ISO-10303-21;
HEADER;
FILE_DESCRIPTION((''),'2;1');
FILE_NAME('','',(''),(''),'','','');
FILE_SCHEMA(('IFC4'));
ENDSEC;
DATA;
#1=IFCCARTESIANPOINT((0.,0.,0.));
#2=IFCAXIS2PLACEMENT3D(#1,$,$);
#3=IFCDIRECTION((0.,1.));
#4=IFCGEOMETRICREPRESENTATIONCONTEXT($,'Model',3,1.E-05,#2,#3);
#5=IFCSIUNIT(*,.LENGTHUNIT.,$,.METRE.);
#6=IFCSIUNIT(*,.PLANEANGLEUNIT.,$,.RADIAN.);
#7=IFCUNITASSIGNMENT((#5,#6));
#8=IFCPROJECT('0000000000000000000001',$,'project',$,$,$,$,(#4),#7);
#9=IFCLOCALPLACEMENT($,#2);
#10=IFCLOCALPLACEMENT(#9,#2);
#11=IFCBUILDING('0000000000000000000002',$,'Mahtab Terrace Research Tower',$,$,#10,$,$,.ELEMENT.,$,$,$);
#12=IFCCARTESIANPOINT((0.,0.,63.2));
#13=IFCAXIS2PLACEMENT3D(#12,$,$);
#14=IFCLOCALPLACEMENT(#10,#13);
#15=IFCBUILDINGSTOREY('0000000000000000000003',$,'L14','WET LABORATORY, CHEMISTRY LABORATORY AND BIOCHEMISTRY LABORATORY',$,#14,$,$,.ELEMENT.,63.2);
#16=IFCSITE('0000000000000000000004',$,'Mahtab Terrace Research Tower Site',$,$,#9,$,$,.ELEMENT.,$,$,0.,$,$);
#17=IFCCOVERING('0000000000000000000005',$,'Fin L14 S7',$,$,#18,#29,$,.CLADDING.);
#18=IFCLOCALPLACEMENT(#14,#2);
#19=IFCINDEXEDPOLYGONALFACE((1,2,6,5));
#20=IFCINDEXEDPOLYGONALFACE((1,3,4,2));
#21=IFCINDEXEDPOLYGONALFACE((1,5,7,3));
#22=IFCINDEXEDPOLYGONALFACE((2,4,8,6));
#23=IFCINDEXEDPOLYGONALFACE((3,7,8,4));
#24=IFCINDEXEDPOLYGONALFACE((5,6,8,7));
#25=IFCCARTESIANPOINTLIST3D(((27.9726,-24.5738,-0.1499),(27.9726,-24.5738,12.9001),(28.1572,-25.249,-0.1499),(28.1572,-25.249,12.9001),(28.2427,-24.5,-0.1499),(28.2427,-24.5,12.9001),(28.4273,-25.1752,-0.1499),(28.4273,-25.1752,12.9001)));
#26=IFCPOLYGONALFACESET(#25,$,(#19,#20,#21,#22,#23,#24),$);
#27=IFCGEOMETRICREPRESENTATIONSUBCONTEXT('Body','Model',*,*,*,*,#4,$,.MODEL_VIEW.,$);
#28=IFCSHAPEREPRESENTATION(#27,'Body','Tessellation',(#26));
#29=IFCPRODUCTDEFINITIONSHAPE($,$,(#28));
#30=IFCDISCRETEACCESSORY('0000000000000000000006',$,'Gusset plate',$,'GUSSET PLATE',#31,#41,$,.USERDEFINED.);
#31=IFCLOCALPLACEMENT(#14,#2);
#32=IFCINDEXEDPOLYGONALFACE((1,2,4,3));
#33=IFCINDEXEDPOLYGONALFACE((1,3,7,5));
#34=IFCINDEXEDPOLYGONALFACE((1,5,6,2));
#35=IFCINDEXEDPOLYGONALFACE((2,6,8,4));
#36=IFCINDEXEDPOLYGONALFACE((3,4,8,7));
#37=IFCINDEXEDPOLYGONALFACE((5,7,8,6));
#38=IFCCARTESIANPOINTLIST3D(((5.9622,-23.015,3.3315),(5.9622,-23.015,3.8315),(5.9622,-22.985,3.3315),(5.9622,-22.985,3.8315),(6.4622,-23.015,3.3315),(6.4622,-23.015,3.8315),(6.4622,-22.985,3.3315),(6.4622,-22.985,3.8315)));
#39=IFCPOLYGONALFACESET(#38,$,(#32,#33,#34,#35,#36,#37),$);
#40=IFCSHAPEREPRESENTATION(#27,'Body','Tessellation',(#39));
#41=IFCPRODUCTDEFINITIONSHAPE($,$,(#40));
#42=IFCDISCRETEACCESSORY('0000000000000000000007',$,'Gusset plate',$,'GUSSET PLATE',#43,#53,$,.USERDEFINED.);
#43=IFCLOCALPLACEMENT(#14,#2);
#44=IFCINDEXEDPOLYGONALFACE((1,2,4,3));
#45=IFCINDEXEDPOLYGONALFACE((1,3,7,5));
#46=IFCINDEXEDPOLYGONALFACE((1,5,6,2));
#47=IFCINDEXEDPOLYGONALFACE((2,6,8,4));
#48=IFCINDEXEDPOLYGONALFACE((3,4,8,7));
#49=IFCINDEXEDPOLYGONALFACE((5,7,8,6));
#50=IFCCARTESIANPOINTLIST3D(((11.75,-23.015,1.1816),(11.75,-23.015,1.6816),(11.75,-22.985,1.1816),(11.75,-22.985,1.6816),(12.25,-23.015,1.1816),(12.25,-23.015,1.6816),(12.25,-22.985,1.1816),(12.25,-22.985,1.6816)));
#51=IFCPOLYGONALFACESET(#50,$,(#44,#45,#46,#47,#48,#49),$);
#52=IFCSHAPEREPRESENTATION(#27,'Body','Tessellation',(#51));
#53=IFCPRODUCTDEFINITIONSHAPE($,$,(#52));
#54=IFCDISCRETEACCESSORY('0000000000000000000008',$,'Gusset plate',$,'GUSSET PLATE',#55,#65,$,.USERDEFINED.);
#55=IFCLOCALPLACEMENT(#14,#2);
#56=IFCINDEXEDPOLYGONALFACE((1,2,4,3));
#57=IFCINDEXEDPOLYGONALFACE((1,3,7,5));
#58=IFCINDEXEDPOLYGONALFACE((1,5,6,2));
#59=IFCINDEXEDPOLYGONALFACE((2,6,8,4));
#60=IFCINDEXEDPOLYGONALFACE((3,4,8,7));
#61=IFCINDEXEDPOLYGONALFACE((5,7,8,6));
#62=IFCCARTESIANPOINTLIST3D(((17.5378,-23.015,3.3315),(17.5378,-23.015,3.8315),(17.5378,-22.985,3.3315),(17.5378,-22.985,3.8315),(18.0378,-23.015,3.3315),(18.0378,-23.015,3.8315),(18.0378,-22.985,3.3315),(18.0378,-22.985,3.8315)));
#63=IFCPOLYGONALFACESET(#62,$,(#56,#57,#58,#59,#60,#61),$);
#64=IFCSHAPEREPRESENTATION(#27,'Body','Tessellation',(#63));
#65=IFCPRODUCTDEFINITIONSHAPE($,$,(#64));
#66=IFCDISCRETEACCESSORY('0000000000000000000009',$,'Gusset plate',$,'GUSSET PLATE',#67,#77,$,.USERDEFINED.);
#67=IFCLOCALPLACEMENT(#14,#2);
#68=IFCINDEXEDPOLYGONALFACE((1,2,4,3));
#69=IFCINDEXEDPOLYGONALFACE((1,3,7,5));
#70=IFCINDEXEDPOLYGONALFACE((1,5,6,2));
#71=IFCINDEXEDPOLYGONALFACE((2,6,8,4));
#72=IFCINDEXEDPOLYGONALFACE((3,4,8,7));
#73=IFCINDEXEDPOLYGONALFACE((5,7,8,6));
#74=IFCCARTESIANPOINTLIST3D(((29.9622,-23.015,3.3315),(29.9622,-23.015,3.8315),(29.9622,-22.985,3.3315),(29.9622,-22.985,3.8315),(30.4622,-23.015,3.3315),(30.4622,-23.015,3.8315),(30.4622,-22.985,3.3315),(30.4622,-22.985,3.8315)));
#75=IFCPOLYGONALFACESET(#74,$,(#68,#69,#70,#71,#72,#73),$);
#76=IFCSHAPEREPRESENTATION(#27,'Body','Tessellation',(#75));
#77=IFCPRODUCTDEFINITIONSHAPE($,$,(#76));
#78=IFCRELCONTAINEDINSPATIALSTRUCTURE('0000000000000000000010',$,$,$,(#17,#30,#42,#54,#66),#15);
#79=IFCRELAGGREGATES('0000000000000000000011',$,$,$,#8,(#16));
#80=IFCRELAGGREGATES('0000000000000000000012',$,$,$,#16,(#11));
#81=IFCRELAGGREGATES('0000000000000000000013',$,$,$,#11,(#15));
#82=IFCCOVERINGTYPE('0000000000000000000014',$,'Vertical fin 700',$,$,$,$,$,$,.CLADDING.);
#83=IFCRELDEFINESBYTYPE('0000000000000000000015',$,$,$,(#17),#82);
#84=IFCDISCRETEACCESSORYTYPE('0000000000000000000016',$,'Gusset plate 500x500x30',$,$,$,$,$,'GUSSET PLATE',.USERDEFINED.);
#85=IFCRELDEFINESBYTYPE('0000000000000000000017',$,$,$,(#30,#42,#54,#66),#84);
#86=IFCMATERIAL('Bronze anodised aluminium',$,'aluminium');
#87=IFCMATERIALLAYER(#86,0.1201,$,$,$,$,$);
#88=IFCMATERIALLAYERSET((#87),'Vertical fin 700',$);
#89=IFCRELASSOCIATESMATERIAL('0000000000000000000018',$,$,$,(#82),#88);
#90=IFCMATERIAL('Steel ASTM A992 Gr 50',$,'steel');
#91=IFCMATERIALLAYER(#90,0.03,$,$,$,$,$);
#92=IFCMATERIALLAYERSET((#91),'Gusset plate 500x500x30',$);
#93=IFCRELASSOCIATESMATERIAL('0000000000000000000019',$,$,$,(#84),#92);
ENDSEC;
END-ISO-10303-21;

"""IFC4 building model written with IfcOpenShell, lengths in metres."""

from ifc_helpers import new_model, si_unit, direction, frame, origin, origin_2d, place, context, subcontext, project, spatial, rectangle, extrude, material, layer, layer_set, type_object, element, save


model = new_model("IFC4")

# Units and contexts
model_context = context("Model", 3, precision=1e-05, world=origin(), true_north=direction((0.0, 1.0)))
body_context = subcontext(model_context, "Body", "Model", "MODEL_VIEW")
ifc_project = project(units=[si_unit("LENGTHUNIT", "METRE"), si_unit("PLANEANGLEUNIT", "RADIAN")], contexts=[model_context])

# Site, building, storey
site_placement = place(None, origin())
site = spatial("IfcSite", under=ifc_project, at=site_placement, Name="Mahtab Terrace Research Tower Site", CompositionType="ELEMENT", RefElevation=0.0)
building_placement = place(site_placement, origin())
building = spatial("IfcBuilding", under=site, at=building_placement, Name="Mahtab Terrace Research Tower", CompositionType="ELEMENT")
storey_placement = place(building_placement, frame((0.0, 0.0, 63.2)))
storey = spatial("IfcBuildingStorey", under=building, at=storey_placement, Name="L14", Description="WET LABORATORY, CHEMISTRY LABORATORY AND BIOCHEMISTRY LABORATORY", CompositionType="ELEMENT", Elevation=63.2)

# Shared definitions
ifc_material_1 = material(Name="Steel ASTM A992 Gr 50", Category="steel")

# Covering
ifc_material_2 = material(Name="Bronze anodised aluminium", Category="aluminium")
ifc_layer_1 = layer(ifc_material_2, 0.1201)
ifc_layer_set_1 = layer_set([ifc_layer_1], Name="Vertical fin 700")
covering_type = type_object("IfcCoveringType", Name="Vertical fin 700", PredefinedType="CLADDING", material=ifc_layer_set_1)
for number, where, z_axis, x_axis, name in (
    (1, (28.2, -24.8745, -0.1499), (0.0, 0.0, 1.0), (0.964623, 0.263633, 0.0), "Fin L14 S7"),
):
    element("IfcCovering", number, at=place(storey_placement, frame(where, z_axis=z_axis, x_axis=x_axis)), inside=storey, type_object=covering_type, Name=name, PredefinedType="CLADDING", context=body_context, shape_type="SweptSolid", body=[
        extrude(rectangle(XDim=0.28, YDim=0.7, at=origin_2d()), origin(), (0.0, 0.0, 1.0), 13.05),
    ])

# Discrete accessories
ifc_layer_2 = layer(ifc_material_1, 0.03)
ifc_layer_set_2 = layer_set([ifc_layer_2], Name="Gusset plate 500x500x30")
discrete_accessory_type = type_object("IfcDiscreteAccessoryType", Name="Gusset plate 500x500x30", ElementType="GUSSET PLATE", PredefinedType="USERDEFINED", material=ifc_layer_set_2)
for number, where, z_axis, x_axis, name in (
    (2, (6.2122, -23.0, 3.3315), (0.0, 0.0, 1.0), (1.0, 0.0, 0.0), "Gusset plate"),
    (3, (12.0, -23.0, 1.1816), (0.0, 0.0, 1.0), (1.0, 0.0, 0.0), "Gusset plate"),
    (4, (17.7878, -23.0, 3.3315), (0.0, 0.0, 1.0), (1.0, 0.0, 0.0), "Gusset plate"),
    (5, (30.2122, -23.0, 3.3315), (0.0, 0.0, 1.0), (1.0, 0.0, 0.0), "Gusset plate"),
):
    element("IfcDiscreteAccessory", number, at=place(storey_placement, frame(where, z_axis=z_axis, x_axis=x_axis)), inside=storey, type_object=discrete_accessory_type, Name=name, ObjectType="GUSSET PLATE", PredefinedType="USERDEFINED", context=body_context, shape_type="SweptSolid", body=[
        extrude(rectangle(XDim=0.5, YDim=0.03, at=origin_2d()), origin(), (0.0, 0.0, 1.0), 0.5),
    ])

save(model, "model.ifc")
